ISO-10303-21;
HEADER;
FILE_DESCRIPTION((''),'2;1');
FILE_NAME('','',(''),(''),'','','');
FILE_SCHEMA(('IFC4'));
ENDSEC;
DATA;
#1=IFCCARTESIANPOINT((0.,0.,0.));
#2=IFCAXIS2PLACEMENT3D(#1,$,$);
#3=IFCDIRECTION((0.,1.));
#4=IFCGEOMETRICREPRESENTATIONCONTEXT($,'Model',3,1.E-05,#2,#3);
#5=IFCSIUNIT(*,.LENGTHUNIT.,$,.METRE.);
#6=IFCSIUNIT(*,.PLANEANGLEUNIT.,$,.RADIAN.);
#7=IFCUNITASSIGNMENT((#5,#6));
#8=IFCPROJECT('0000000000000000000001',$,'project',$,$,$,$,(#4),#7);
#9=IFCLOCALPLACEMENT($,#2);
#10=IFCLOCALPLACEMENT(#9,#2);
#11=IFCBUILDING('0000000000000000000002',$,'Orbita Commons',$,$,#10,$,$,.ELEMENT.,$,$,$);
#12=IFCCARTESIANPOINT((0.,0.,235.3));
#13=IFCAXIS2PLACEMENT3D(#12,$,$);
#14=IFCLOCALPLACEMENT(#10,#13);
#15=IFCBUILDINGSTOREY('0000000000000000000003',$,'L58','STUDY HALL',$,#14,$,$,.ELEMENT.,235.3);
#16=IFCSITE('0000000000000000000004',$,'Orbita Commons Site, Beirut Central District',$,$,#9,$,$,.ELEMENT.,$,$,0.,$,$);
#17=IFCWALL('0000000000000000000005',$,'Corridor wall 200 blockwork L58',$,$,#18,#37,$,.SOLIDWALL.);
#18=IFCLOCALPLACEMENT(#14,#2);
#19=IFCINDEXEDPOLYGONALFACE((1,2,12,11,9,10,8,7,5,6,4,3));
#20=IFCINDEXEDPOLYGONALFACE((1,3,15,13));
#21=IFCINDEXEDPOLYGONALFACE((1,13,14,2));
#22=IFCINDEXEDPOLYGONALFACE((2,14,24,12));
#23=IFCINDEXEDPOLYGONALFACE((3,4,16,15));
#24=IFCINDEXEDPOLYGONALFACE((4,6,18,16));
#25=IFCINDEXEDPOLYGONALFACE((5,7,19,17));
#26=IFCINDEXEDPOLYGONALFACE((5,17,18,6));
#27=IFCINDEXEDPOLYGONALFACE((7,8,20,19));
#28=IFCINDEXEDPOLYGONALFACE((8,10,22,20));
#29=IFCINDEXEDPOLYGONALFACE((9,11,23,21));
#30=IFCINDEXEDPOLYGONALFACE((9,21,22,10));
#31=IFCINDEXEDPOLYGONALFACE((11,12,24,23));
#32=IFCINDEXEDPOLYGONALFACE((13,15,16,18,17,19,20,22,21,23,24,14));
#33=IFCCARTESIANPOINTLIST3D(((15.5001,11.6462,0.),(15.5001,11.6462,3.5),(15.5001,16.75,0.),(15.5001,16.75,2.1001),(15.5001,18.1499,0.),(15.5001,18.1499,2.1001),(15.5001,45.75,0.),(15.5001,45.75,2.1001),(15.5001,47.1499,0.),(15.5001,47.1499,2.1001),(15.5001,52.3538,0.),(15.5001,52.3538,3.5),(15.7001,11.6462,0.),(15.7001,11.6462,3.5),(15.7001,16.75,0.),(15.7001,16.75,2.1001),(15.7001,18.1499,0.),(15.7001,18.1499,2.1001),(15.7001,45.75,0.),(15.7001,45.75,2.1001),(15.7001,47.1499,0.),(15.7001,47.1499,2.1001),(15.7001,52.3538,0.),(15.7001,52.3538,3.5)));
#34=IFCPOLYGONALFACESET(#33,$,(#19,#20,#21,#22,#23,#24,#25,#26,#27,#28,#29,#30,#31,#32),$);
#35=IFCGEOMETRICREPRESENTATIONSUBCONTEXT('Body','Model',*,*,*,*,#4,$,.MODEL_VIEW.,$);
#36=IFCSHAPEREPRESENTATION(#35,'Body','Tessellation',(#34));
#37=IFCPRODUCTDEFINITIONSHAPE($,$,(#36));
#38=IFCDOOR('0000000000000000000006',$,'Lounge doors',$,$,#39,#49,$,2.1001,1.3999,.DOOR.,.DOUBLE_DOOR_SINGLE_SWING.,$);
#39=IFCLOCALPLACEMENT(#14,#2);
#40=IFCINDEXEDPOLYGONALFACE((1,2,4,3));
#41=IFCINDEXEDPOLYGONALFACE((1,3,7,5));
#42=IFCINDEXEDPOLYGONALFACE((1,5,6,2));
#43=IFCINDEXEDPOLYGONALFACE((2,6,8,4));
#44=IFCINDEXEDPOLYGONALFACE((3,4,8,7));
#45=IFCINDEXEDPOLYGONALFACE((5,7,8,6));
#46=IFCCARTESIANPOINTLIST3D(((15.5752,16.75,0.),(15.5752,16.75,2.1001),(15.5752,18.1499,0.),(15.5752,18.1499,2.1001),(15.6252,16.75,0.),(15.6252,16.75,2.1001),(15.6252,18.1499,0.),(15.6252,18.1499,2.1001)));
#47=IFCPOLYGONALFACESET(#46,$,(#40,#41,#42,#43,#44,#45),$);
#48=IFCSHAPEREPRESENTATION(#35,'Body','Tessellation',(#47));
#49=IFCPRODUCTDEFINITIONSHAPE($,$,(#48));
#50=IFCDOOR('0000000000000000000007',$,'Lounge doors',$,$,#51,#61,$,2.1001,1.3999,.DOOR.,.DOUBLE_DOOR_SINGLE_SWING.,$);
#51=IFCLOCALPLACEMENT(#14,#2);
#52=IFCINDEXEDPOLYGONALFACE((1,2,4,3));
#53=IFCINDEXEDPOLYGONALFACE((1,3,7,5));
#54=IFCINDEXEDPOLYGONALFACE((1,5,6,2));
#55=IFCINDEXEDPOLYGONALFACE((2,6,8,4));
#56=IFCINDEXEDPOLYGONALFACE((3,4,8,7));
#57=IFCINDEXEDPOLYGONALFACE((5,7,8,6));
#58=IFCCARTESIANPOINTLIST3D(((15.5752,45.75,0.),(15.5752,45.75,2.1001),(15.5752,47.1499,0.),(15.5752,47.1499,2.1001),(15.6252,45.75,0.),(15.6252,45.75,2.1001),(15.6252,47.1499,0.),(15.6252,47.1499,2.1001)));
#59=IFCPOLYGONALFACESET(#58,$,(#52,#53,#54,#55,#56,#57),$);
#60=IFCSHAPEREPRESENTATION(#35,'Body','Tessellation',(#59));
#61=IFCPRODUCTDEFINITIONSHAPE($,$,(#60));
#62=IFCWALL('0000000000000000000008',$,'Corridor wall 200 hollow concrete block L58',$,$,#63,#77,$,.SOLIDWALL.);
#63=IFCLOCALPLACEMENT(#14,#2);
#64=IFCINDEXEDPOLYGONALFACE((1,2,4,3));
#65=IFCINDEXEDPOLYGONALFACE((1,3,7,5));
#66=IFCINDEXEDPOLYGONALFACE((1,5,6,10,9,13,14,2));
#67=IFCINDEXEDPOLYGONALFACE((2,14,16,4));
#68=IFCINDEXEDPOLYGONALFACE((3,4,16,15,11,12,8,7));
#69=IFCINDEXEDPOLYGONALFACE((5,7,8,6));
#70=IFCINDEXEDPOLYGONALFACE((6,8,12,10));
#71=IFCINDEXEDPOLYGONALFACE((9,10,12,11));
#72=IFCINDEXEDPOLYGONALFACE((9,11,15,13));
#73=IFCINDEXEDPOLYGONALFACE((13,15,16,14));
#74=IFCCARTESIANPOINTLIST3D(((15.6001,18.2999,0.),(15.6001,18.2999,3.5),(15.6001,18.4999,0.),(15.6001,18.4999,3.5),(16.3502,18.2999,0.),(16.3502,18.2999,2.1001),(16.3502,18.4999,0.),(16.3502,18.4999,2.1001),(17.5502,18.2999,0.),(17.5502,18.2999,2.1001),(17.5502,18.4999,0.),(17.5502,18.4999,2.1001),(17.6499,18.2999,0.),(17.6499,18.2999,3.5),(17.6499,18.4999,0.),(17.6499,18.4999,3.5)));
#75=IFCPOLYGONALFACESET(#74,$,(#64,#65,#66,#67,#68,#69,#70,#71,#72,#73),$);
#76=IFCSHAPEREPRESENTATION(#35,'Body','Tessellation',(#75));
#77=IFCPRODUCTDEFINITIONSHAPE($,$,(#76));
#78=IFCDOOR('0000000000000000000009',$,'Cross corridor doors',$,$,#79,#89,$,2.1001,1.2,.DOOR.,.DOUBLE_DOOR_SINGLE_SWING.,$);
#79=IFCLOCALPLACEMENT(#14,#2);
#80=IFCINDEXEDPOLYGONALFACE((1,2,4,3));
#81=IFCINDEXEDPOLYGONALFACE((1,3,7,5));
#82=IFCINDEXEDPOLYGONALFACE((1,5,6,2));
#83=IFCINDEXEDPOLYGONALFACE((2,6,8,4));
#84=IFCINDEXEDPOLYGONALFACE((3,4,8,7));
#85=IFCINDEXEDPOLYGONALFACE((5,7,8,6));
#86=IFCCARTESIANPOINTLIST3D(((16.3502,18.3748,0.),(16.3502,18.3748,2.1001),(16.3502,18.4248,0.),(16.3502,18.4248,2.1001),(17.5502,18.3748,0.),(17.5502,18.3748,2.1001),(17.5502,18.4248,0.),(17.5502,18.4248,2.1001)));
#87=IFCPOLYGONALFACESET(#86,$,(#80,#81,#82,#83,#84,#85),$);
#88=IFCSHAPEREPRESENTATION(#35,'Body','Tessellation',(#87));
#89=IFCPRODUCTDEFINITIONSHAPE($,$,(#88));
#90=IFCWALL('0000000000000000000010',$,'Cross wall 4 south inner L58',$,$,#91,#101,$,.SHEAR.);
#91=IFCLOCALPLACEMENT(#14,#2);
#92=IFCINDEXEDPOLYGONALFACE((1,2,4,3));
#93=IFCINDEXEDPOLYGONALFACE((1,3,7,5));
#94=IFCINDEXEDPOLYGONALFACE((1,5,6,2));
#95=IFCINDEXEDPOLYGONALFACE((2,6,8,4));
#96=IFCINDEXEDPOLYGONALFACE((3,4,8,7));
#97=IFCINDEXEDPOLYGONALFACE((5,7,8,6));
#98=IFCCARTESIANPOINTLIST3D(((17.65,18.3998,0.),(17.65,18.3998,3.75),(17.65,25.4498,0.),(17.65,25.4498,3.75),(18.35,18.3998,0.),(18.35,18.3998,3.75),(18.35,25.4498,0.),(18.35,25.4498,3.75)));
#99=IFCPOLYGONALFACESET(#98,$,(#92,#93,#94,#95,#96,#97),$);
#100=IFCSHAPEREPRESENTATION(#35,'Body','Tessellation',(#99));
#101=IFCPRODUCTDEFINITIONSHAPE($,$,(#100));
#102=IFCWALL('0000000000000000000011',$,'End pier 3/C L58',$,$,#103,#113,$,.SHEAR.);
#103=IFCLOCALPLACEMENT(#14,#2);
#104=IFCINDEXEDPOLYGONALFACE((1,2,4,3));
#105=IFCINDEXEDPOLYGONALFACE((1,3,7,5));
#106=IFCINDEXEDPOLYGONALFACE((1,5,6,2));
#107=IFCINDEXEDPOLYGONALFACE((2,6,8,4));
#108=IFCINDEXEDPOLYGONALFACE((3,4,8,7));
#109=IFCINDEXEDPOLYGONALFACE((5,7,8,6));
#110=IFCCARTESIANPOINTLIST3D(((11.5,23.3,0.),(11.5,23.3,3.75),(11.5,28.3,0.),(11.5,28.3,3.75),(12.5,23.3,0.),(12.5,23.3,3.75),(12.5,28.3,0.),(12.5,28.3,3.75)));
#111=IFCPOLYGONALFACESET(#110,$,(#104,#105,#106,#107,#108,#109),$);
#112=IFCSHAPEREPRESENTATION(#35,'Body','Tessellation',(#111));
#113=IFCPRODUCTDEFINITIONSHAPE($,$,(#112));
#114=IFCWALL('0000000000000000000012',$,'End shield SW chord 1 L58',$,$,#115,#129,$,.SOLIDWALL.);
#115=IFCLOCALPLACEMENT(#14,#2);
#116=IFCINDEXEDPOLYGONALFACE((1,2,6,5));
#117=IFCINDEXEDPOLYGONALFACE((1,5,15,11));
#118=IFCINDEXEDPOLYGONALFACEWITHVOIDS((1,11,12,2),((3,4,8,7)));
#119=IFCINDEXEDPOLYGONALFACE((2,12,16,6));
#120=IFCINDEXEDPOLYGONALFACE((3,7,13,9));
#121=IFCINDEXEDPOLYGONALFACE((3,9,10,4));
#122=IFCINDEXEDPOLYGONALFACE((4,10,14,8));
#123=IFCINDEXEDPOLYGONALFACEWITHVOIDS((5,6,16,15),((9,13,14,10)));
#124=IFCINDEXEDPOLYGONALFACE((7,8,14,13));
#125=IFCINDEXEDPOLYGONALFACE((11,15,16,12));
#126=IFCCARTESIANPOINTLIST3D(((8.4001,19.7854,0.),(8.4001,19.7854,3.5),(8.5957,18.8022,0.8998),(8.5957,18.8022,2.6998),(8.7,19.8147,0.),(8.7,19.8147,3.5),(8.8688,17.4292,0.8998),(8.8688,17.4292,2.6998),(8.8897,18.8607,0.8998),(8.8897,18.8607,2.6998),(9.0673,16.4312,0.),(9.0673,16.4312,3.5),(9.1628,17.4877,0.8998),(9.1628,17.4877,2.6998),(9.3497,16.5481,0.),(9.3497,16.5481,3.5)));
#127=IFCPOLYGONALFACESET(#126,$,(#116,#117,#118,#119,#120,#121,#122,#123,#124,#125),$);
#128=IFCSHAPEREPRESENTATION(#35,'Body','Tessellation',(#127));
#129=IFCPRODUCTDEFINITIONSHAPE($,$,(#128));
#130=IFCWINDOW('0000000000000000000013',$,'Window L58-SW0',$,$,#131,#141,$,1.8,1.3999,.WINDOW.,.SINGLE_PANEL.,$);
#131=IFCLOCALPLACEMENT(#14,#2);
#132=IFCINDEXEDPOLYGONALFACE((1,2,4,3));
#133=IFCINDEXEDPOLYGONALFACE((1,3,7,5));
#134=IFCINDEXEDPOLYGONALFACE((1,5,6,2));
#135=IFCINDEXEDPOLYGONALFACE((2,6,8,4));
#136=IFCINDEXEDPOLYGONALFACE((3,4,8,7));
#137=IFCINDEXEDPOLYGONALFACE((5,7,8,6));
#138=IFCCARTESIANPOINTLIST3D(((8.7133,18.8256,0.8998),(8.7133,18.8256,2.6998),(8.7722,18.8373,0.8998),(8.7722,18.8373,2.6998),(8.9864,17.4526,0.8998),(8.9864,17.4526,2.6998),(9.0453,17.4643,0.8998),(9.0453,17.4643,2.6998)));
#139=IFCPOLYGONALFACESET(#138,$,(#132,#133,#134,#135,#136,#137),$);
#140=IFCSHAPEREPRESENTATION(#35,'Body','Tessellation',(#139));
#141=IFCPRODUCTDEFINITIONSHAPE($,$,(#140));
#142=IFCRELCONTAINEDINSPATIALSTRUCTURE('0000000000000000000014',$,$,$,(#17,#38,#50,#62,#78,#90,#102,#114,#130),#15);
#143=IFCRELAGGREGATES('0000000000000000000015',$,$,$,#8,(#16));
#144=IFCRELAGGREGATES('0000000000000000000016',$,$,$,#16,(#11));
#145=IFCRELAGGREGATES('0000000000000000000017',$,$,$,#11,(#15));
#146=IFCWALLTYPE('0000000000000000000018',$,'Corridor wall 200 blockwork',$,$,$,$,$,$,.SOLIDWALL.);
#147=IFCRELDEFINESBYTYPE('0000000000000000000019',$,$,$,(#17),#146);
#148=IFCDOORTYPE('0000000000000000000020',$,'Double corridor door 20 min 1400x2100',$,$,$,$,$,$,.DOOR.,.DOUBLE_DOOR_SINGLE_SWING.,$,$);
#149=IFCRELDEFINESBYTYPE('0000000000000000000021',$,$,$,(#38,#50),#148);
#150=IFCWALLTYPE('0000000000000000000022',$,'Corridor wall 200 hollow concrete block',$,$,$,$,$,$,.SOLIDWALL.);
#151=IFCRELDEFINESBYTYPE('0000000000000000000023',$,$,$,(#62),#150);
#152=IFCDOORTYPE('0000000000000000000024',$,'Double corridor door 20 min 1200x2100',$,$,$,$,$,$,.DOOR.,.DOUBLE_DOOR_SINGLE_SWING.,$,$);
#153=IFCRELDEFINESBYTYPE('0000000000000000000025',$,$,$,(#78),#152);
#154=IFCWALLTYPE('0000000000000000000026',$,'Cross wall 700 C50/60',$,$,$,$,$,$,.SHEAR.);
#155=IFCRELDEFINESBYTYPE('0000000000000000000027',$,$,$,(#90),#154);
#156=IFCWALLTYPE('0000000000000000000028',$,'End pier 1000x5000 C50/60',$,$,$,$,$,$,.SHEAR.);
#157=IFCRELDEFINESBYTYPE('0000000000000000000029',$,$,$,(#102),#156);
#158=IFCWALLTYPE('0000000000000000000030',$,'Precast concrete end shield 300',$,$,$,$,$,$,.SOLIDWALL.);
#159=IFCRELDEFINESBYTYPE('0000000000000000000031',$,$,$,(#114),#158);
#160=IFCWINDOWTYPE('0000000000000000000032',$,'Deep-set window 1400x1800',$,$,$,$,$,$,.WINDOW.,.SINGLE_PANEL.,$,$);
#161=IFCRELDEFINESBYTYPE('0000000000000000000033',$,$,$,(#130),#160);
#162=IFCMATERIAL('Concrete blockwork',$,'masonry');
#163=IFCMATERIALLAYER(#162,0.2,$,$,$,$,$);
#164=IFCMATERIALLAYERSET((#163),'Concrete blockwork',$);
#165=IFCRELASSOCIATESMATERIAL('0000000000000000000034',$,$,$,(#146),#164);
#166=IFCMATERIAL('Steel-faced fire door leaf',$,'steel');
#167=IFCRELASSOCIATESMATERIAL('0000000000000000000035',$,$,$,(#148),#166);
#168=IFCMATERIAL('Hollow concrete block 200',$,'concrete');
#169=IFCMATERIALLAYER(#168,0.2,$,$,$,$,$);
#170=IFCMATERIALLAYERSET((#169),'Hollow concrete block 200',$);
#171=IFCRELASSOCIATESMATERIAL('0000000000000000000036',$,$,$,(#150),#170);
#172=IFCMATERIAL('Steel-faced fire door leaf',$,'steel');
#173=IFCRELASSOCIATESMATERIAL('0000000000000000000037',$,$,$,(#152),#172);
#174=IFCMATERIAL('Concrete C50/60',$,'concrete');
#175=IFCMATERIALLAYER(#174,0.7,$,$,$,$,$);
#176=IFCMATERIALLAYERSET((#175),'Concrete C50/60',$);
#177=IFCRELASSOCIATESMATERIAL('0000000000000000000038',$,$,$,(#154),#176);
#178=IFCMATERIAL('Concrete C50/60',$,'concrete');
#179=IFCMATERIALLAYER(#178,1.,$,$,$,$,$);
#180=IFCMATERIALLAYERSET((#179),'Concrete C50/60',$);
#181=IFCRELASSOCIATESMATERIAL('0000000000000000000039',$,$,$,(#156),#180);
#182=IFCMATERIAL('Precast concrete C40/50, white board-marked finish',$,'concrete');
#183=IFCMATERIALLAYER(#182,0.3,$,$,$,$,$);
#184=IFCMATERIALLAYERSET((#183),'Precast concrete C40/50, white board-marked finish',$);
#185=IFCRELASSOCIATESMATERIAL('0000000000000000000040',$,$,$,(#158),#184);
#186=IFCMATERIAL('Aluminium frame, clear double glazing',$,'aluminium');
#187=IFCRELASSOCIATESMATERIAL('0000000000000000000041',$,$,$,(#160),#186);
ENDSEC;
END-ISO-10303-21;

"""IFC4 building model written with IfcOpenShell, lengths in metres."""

from ifc_helpers import new_model, si_unit, direction, frame, frame_2d, origin, place, context, subcontext, project, spatial, polyline, rectangle, outline, extrude, material, layer, layer_set, type_object, element, fill, save


model = new_model("IFC4")

# Units and contexts
model_context = context("Model", 3, precision=1e-05, world=origin(), true_north=direction((0.0, 1.0)))
body_context = subcontext(model_context, "Body", "Model", "MODEL_VIEW")
ifc_project = project(units=[si_unit("LENGTHUNIT", "METRE"), si_unit("PLANEANGLEUNIT", "RADIAN")], contexts=[model_context])

# Site, building, storey
site_placement = place(None, origin())
site = spatial("IfcSite", under=ifc_project, at=site_placement, Name="Orbita Commons Site, Beirut Central District", CompositionType="ELEMENT", RefElevation=0.0)
building_placement = place(site_placement, origin())
building = spatial("IfcBuilding", under=site, at=building_placement, Name="Orbita Commons", CompositionType="ELEMENT")
storey_placement = place(building_placement, frame((0.0, 0.0, 235.3)))
storey = spatial("IfcBuildingStorey", under=building, at=storey_placement, Name="L58", Description="STUDY HALL", CompositionType="ELEMENT", Elevation=235.3)

# Shared definitions
ifc_material_1 = material(Name="Concrete blockwork", Category="masonry")
ifc_layer_1 = layer(ifc_material_1, 0.2)
ifc_layer_set_1 = layer_set([ifc_layer_1], Name="Concrete blockwork")
wall_type_1 = type_object("IfcWallType", Name="Corridor wall 200 blockwork", PredefinedType="SOLIDWALL", material=ifc_layer_set_1)

# Wall, openings, doors
wall_1_placement = place(storey_placement, frame((15.6001, 11.6462, 0.0), z_axis=(0.0, 0.0, 1.0), x_axis=(0.0, 1.0, 0.0)))
wall_1 = element("IfcWall", 1, at=wall_1_placement, inside=storey, type_object=wall_type_1, Name="Corridor wall 200 blockwork L58", PredefinedType="SOLIDWALL", context=body_context, shape_type="SweptSolid", body=[
    extrude(rectangle(XDim=40.7075, YDim=0.2, at=frame_2d((20.3538, 0.0))), origin(), (0.0, 0.0, 1.0), 3.5),
])
opening_1_placement = place(wall_1_placement, frame((5.1038, 0.0, 0.0)))
opening_1 = element("IfcOpeningElement", 2, at=opening_1_placement, cuts=wall_1, PredefinedType="OPENING", context=body_context, shape_type="SweptSolid", body=[
    extrude(rectangle(XDim=1.3999, YDim=2.1001, at=frame_2d((0.7, 1.05))), frame((0.0, 0.1099, 0.0), z_axis=(0.0, -1.0, 0.0), x_axis=(1.0, 0.0, 0.0)), (0.0, 0.0, 1.0), 0.22),
])
opening_2_placement = place(wall_1_placement, frame((34.1038, 0.0, 0.0)))
opening_2 = element("IfcOpeningElement", 3, at=opening_2_placement, cuts=wall_1, PredefinedType="OPENING", context=body_context, shape_type="SweptSolid", body=[
    extrude(rectangle(XDim=1.3999, YDim=2.1001, at=frame_2d((0.7, 1.05))), frame((0.0, 0.1099, 0.0), z_axis=(0.0, -1.0, 0.0), x_axis=(1.0, 0.0, 0.0)), (0.0, 0.0, 1.0), 0.22),
])
ifc_material_2 = material(Name="Steel-faced fire door leaf", Category="steel")
door_type_1 = type_object("IfcDoorType", Name="Double corridor door 20 min 1400x2100", OperationType="DOUBLE_DOOR_SINGLE_SWING", PredefinedType="DOOR", material=ifc_material_2)
door_1_placement = place(opening_1_placement, origin())
door_1 = element("IfcDoor", 4, at=door_1_placement, inside=storey, type_object=door_type_1, Name="Lounge doors", OperationType="DOUBLE_DOOR_SINGLE_SWING", OverallHeight=2.1001, OverallWidth=1.3999, PredefinedType="DOOR", context=body_context, shape_type="SweptSolid", body=[
    extrude(rectangle(XDim=1.3999, YDim=2.1001, at=frame_2d((0.7, 1.05))), frame((0.0, 0.0249, 0.0), z_axis=(0.0, -1.0, 0.0), x_axis=(1.0, 0.0, 0.0)), (0.0, 0.0, 1.0), 0.05),
])
fill(opening_1, door_1)
door_2_placement = place(opening_2_placement, origin())
door_2 = element("IfcDoor", 5, at=door_2_placement, inside=storey, type_object=door_type_1, Name="Lounge doors", OperationType="DOUBLE_DOOR_SINGLE_SWING", OverallHeight=2.1001, OverallWidth=1.3999, PredefinedType="DOOR", context=body_context, shape_type="SweptSolid", body=[
    extrude(rectangle(XDim=1.3999, YDim=2.1001, at=frame_2d((0.7, 1.05))), frame((0.0, 0.0249, 0.0), z_axis=(0.0, -1.0, 0.0), x_axis=(1.0, 0.0, 0.0)), (0.0, 0.0, 1.0), 0.05),
])
fill(opening_2, door_2)

# Wall, opening, door
ifc_material_3 = material(Name="Hollow concrete block 200", Category="concrete")
ifc_layer_2 = layer(ifc_material_3, 0.2)
ifc_layer_set_2 = layer_set([ifc_layer_2], Name="Hollow concrete block 200")
wall_type_2 = type_object("IfcWallType", Name="Corridor wall 200 hollow concrete block", PredefinedType="SOLIDWALL", material=ifc_layer_set_2)
wall_2_placement = place(storey_placement, frame((15.6001, 18.3999, 0.0), z_axis=(0.0, 0.0, 1.0), x_axis=(1.0, 0.0, 0.0)))
wall_2 = element("IfcWall", 6, at=wall_2_placement, inside=storey, type_object=wall_type_2, Name="Corridor wall 200 hollow concrete block L58", PredefinedType="SOLIDWALL", context=body_context, shape_type="SweptSolid", body=[
    extrude(rectangle(XDim=2.0498, YDim=0.2, at=frame_2d((1.0249, 0.0))), origin(), (0.0, 0.0, 1.0), 3.5),
])
opening_3_placement = place(wall_2_placement, frame((0.75, 0.0, 0.0)))
opening_3 = element("IfcOpeningElement", 7, at=opening_3_placement, cuts=wall_2, PredefinedType="OPENING", context=body_context, shape_type="SweptSolid", body=[
    extrude(rectangle(XDim=1.2, YDim=2.1001, at=frame_2d((0.6001, 1.05))), frame((0.0, 0.1099, 0.0), z_axis=(0.0, -1.0, 0.0), x_axis=(1.0, 0.0, 0.0)), (0.0, 0.0, 1.0), 0.22),
])
ifc_material_4 = material(Name="Steel-faced fire door leaf", Category="steel")
door_type_2 = type_object("IfcDoorType", Name="Double corridor door 20 min 1200x2100", OperationType="DOUBLE_DOOR_SINGLE_SWING", PredefinedType="DOOR", material=ifc_material_4)
door_3_placement = place(opening_3_placement, origin())
door_3 = element("IfcDoor", 8, at=door_3_placement, inside=storey, type_object=door_type_2, Name="Cross corridor doors", OperationType="DOUBLE_DOOR_SINGLE_SWING", OverallHeight=2.1001, OverallWidth=1.2, PredefinedType="DOOR", context=body_context, shape_type="SweptSolid", body=[
    extrude(rectangle(XDim=1.2, YDim=2.1001, at=frame_2d((0.6001, 1.05))), frame((0.0, 0.0249, 0.0), z_axis=(0.0, -1.0, 0.0), x_axis=(1.0, 0.0, 0.0)), (0.0, 0.0, 1.0), 0.05),
])
fill(opening_3, door_3)

# Walls
ifc_material_5 = material(Name="Concrete C50/60", Category="concrete")
ifc_layer_3 = layer(ifc_material_5, 0.7)
ifc_layer_set_3 = layer_set([ifc_layer_3], Name="Concrete C50/60")
wall_type_3 = type_object("IfcWallType", Name="Cross wall 700 C50/60", PredefinedType="SHEAR", material=ifc_layer_set_3)
wall_3_placement = place(storey_placement, frame((18.0, 18.3999, 0.0), z_axis=(0.0, 0.0, 1.0), x_axis=(0.0, 1.0, 0.0)))
element("IfcWall", 9, at=wall_3_placement, inside=storey, type_object=wall_type_3, Name="Cross wall 4 south inner L58", PredefinedType="SHEAR", context=body_context, shape_type="SweptSolid", body=[
    extrude(rectangle(XDim=7.05, YDim=0.7, at=frame_2d((3.5249, 0.0))), origin(), (0.0, 0.0, 1.0), 3.75),
])
ifc_material_6 = material(Name="Concrete C50/60", Category="concrete")
ifc_layer_4 = layer(ifc_material_6, 1.0)
ifc_layer_set_4 = layer_set([ifc_layer_4], Name="Concrete C50/60")
wall_type_4 = type_object("IfcWallType", Name="End pier 1000x5000 C50/60", PredefinedType="SHEAR", material=ifc_layer_set_4)
wall_4_placement = place(storey_placement, frame((12.0, 23.3, 0.0), z_axis=(0.0, 0.0, 1.0), x_axis=(0.0, 1.0, 0.0)))
element("IfcWall", 10, at=wall_4_placement, inside=storey, type_object=wall_type_4, Name="End pier 3/C L58", PredefinedType="SHEAR", context=body_context, shape_type="SweptSolid", body=[
    extrude(rectangle(XDim=5.0, YDim=1.0, at=frame_2d((2.5, 0.0))), origin(), (0.0, 0.0, 1.0), 3.75),
])

# Wall, opening, window
ifc_material_7 = material(Name="Precast concrete C40/50, white board-marked finish", Category="concrete")
ifc_layer_5 = layer(ifc_material_7, 0.3)
ifc_layer_set_5 = layer_set([ifc_layer_5], Name="Precast concrete C40/50, white board-marked finish")
wall_type_5 = type_object("IfcWallType", Name="Precast concrete end shield 300", PredefinedType="SOLIDWALL", material=ifc_layer_set_5)
wall_5_placement = place(storey_placement, frame((8.55, 19.8, 0.0), z_axis=(0.0, 0.0, 1.0), x_axis=(0.195087, -0.980786, 0.0)))
wall_5 = element("IfcWall", 11, at=wall_5_placement, inside=storey, type_object=wall_type_5, Name="End shield SW chord 1 L58", PredefinedType="SOLIDWALL", context=body_context, shape_type="SweptSolid", body=[
    extrude(outline(polyline([(-0.0149, -0.1499), (3.405, -0.1499), (3.3455, 0.1499), (0.0149, 0.1499), (-0.0149, -0.1499)])), origin(), (0.0, 0.0, 1.0), 3.5),
])
opening_4_placement = place(wall_5_placement, frame((0.9875, 0.0, 0.8999)))
opening_4 = element("IfcOpeningElement", 12, at=opening_4_placement, cuts=wall_5, PredefinedType="OPENING", context=body_context, shape_type="SweptSolid", body=[
    extrude(rectangle(XDim=1.3999, YDim=1.8, at=frame_2d((0.7, 0.8999))), frame((0.0, 0.1599, 0.0), z_axis=(0.0, -1.0, 0.0), x_axis=(1.0, 0.0, 0.0)), (0.0, 0.0, 1.0), 0.3201),
])
ifc_material_8 = material(Name="Aluminium frame, clear double glazing", Category="aluminium")
window_type = type_object("IfcWindowType", Name="Deep-set window 1400x1800", PartitioningType="SINGLE_PANEL", PredefinedType="WINDOW", material=ifc_material_8)
window_1_placement = place(opening_4_placement, origin())
window_1 = element("IfcWindow", 13, at=window_1_placement, inside=storey, type_object=window_type, Name="Window L58-SW0", OverallHeight=1.8, OverallWidth=1.3999, PartitioningType="SINGLE_PANEL", PredefinedType="WINDOW", context=body_context, shape_type="SweptSolid", body=[
    extrude(rectangle(XDim=1.3999, YDim=1.8, at=frame_2d((0.7, 0.8999))), frame((0.0, 0.03, 0.0), z_axis=(0.0, -1.0, 0.0), x_axis=(1.0, 0.0, 0.0)), (0.0, 0.0, 1.0), 0.0601),
])
fill(opening_4, window_1)

save(model, "model.ifc")
